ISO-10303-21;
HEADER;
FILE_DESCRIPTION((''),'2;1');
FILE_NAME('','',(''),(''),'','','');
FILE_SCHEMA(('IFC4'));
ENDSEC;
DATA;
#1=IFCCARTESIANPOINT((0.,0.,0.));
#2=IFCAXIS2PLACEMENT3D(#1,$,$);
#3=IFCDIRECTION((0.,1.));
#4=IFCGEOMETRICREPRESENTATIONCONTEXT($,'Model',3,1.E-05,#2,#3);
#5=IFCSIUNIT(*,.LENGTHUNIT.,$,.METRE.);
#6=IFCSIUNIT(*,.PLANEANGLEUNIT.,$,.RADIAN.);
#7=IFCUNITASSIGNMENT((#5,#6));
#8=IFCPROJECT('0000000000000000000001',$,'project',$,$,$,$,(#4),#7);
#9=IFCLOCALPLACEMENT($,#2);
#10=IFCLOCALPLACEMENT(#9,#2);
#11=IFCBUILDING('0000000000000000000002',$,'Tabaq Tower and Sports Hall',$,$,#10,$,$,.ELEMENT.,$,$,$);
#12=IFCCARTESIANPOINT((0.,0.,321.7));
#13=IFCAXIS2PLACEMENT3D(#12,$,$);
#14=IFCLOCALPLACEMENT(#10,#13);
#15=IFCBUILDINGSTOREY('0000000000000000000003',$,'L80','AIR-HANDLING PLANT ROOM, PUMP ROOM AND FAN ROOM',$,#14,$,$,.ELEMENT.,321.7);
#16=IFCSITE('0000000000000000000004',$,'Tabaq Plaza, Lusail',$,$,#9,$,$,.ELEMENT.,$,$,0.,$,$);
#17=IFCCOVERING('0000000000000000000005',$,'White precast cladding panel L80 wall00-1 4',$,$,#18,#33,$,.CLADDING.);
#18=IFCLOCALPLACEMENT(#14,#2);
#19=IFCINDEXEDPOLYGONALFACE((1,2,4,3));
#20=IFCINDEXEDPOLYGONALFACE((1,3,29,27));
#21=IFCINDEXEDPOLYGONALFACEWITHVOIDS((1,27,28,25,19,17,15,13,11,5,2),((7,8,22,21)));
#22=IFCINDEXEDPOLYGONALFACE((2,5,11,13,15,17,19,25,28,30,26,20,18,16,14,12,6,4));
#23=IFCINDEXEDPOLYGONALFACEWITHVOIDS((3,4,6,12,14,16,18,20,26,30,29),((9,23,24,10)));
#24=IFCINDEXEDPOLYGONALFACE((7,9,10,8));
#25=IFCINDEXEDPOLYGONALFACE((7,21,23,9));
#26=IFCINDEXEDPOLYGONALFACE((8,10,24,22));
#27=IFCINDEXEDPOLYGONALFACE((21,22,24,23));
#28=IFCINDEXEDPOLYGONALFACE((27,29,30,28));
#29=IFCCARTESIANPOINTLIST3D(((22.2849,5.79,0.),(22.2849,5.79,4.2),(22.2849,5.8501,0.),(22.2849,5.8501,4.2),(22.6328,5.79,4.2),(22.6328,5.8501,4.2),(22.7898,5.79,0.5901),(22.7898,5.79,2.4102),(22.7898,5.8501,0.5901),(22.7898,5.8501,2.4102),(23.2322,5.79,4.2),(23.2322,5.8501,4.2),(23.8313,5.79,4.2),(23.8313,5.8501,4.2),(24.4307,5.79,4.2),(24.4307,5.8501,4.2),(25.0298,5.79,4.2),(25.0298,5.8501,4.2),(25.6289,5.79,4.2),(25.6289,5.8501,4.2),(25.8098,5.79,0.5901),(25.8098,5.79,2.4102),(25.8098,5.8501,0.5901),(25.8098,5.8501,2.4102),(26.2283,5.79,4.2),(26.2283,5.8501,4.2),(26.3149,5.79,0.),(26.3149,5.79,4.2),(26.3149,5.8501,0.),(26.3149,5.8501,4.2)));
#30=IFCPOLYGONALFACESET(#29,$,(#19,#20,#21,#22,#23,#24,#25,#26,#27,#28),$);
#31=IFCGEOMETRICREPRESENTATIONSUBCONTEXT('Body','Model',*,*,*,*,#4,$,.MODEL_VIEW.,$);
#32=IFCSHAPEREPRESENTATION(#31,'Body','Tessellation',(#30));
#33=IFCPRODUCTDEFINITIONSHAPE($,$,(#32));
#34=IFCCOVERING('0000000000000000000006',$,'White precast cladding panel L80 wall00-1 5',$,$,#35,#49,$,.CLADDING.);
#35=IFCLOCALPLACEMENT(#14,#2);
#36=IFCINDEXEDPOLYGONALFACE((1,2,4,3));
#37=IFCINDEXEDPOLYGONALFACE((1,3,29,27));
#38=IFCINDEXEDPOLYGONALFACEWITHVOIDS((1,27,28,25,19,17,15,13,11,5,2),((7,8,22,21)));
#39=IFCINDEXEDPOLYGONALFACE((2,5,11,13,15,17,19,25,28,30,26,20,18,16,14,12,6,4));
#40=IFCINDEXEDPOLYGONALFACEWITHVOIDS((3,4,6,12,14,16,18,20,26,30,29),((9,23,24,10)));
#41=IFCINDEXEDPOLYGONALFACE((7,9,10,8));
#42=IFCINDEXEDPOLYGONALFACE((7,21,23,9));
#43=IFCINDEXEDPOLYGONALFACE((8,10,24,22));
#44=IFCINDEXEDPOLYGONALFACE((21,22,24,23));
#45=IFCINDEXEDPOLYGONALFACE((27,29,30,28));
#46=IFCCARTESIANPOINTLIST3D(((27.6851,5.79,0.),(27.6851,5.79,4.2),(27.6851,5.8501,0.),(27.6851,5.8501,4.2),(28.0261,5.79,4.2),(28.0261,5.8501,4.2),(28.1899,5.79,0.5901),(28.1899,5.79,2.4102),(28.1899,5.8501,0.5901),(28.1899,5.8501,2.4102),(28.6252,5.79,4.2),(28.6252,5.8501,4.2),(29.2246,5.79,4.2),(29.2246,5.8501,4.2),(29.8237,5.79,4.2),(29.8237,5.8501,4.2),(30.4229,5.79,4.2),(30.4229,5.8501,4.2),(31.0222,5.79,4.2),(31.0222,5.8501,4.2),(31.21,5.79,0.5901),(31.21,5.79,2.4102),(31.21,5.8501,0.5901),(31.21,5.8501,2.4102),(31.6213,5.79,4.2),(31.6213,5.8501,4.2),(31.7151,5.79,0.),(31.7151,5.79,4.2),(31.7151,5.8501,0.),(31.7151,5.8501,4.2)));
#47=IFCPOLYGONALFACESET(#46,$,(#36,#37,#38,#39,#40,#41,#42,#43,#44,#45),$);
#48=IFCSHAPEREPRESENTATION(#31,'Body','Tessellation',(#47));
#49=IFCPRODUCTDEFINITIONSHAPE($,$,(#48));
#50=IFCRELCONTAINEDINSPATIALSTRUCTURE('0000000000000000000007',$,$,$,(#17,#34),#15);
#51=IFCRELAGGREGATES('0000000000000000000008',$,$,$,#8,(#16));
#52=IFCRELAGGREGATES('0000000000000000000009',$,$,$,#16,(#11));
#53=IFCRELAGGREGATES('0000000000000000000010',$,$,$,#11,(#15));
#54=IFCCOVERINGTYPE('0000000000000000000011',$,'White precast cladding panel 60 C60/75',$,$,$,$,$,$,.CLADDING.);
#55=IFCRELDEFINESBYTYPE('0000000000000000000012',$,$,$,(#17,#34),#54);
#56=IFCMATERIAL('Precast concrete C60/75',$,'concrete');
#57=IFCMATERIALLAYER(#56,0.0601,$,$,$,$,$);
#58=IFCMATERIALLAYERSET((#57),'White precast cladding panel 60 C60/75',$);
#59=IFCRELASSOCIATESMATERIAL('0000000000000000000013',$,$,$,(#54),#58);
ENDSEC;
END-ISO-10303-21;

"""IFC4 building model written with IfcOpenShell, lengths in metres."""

from ifc_helpers import new_model, si_unit, direction, frame, origin, place, context, subcontext, project, spatial, polyline, outline, extrude, material, layer, layer_set, type_object, element, save


model = new_model("IFC4")

# Units and contexts
model_context = context("Model", 3, precision=1e-05, world=origin(), true_north=direction((0.0, 1.0)))
body_context = subcontext(model_context, "Body", "Model", "MODEL_VIEW")
ifc_project = project(units=[si_unit("LENGTHUNIT", "METRE"), si_unit("PLANEANGLEUNIT", "RADIAN")], contexts=[model_context])

# Site, building, storey
site_placement = place(None, origin())
site = spatial("IfcSite", under=ifc_project, at=site_placement, Name="Tabaq Plaza, Lusail", CompositionType="ELEMENT", RefElevation=0.0)
building_placement = place(site_placement, origin())
building = spatial("IfcBuilding", under=site, at=building_placement, Name="Tabaq Tower and Sports Hall", CompositionType="ELEMENT")
storey_placement = place(building_placement, frame((0.0, 0.0, 321.7)))
storey = spatial("IfcBuildingStorey", under=building, at=storey_placement, Name="L80", Description="AIR-HANDLING PLANT ROOM, PUMP ROOM AND FAN ROOM", CompositionType="ELEMENT", Elevation=321.7)

# Coverings
ifc_material_1 = material(Name="Precast concrete C60/75", Category="concrete")
ifc_layer_1 = layer(ifc_material_1, 0.0601)
ifc_layer_set_1 = layer_set([ifc_layer_1], Name="White precast cladding panel 60 C60/75")
covering_type = type_object("IfcCoveringType", Name="White precast cladding panel 60 C60/75", PredefinedType="CLADDING", material=ifc_layer_set_1)
covering_1_placement = place(storey_placement, frame((22.2849, 5.8201, 0.0), z_axis=(0.0, 0.0, 1.0), x_axis=(1.0, 0.0, 0.0)))
element("IfcCovering", 1, at=covering_1_placement, inside=storey, type_object=covering_type, Name="White precast cladding panel L80 wall00-1 4", PredefinedType="CLADDING", context=body_context, shape_type="SweptSolid", body=[
    extrude(outline(polyline([(0.0, 0.0), (4.03, 0.0), (4.03, 4.2), (3.9434, 4.2), (3.344, 4.2), (2.7449, 4.2), (2.1458, 4.2), (1.5464, 4.2), (0.9473, 4.2), (0.3479, 4.2), (0.0, 4.2), (0.0, 0.0)]), holes=[polyline([(0.5049, 0.5901), (0.5049, 2.4102), (3.5249, 2.4102), (3.5249, 0.5901), (0.5049, 0.5901)])]), frame((0.0, 0.03, 0.0), z_axis=(0.0, -1.0, 0.0), x_axis=(1.0, 0.0, 0.0)), (0.0, 0.0, 1.0), 0.0601),
])
covering_2_placement = place(storey_placement, frame((27.6851, 5.8201, 0.0), z_axis=(0.0, 0.0, 1.0), x_axis=(1.0, 0.0, 0.0)))
element("IfcCovering", 2, at=covering_2_placement, inside=storey, type_object=covering_type, Name="White precast cladding panel L80 wall00-1 5", PredefinedType="CLADDING", context=body_context, shape_type="SweptSolid", body=[
    extrude(outline(polyline([(0.0, 0.0), (4.03, 0.0), (4.03, 4.2), (3.9363, 4.2), (3.3372, 4.2), (2.7378, 4.2), (2.1387, 4.2), (1.5396, 4.2), (0.9402, 4.2), (0.3411, 4.2), (0.0, 4.2), (0.0, 0.0)]), holes=[polyline([(0.5049, 0.5901), (0.5049, 2.4102), (3.5249, 2.4102), (3.5249, 0.5901), (0.5049, 0.5901)])]), frame((0.0, 0.03, 0.0), z_axis=(0.0, -1.0, 0.0), x_axis=(1.0, 0.0, 0.0)), (0.0, 0.0, 1.0), 0.0601),
])

save(model, "model.ifc")
